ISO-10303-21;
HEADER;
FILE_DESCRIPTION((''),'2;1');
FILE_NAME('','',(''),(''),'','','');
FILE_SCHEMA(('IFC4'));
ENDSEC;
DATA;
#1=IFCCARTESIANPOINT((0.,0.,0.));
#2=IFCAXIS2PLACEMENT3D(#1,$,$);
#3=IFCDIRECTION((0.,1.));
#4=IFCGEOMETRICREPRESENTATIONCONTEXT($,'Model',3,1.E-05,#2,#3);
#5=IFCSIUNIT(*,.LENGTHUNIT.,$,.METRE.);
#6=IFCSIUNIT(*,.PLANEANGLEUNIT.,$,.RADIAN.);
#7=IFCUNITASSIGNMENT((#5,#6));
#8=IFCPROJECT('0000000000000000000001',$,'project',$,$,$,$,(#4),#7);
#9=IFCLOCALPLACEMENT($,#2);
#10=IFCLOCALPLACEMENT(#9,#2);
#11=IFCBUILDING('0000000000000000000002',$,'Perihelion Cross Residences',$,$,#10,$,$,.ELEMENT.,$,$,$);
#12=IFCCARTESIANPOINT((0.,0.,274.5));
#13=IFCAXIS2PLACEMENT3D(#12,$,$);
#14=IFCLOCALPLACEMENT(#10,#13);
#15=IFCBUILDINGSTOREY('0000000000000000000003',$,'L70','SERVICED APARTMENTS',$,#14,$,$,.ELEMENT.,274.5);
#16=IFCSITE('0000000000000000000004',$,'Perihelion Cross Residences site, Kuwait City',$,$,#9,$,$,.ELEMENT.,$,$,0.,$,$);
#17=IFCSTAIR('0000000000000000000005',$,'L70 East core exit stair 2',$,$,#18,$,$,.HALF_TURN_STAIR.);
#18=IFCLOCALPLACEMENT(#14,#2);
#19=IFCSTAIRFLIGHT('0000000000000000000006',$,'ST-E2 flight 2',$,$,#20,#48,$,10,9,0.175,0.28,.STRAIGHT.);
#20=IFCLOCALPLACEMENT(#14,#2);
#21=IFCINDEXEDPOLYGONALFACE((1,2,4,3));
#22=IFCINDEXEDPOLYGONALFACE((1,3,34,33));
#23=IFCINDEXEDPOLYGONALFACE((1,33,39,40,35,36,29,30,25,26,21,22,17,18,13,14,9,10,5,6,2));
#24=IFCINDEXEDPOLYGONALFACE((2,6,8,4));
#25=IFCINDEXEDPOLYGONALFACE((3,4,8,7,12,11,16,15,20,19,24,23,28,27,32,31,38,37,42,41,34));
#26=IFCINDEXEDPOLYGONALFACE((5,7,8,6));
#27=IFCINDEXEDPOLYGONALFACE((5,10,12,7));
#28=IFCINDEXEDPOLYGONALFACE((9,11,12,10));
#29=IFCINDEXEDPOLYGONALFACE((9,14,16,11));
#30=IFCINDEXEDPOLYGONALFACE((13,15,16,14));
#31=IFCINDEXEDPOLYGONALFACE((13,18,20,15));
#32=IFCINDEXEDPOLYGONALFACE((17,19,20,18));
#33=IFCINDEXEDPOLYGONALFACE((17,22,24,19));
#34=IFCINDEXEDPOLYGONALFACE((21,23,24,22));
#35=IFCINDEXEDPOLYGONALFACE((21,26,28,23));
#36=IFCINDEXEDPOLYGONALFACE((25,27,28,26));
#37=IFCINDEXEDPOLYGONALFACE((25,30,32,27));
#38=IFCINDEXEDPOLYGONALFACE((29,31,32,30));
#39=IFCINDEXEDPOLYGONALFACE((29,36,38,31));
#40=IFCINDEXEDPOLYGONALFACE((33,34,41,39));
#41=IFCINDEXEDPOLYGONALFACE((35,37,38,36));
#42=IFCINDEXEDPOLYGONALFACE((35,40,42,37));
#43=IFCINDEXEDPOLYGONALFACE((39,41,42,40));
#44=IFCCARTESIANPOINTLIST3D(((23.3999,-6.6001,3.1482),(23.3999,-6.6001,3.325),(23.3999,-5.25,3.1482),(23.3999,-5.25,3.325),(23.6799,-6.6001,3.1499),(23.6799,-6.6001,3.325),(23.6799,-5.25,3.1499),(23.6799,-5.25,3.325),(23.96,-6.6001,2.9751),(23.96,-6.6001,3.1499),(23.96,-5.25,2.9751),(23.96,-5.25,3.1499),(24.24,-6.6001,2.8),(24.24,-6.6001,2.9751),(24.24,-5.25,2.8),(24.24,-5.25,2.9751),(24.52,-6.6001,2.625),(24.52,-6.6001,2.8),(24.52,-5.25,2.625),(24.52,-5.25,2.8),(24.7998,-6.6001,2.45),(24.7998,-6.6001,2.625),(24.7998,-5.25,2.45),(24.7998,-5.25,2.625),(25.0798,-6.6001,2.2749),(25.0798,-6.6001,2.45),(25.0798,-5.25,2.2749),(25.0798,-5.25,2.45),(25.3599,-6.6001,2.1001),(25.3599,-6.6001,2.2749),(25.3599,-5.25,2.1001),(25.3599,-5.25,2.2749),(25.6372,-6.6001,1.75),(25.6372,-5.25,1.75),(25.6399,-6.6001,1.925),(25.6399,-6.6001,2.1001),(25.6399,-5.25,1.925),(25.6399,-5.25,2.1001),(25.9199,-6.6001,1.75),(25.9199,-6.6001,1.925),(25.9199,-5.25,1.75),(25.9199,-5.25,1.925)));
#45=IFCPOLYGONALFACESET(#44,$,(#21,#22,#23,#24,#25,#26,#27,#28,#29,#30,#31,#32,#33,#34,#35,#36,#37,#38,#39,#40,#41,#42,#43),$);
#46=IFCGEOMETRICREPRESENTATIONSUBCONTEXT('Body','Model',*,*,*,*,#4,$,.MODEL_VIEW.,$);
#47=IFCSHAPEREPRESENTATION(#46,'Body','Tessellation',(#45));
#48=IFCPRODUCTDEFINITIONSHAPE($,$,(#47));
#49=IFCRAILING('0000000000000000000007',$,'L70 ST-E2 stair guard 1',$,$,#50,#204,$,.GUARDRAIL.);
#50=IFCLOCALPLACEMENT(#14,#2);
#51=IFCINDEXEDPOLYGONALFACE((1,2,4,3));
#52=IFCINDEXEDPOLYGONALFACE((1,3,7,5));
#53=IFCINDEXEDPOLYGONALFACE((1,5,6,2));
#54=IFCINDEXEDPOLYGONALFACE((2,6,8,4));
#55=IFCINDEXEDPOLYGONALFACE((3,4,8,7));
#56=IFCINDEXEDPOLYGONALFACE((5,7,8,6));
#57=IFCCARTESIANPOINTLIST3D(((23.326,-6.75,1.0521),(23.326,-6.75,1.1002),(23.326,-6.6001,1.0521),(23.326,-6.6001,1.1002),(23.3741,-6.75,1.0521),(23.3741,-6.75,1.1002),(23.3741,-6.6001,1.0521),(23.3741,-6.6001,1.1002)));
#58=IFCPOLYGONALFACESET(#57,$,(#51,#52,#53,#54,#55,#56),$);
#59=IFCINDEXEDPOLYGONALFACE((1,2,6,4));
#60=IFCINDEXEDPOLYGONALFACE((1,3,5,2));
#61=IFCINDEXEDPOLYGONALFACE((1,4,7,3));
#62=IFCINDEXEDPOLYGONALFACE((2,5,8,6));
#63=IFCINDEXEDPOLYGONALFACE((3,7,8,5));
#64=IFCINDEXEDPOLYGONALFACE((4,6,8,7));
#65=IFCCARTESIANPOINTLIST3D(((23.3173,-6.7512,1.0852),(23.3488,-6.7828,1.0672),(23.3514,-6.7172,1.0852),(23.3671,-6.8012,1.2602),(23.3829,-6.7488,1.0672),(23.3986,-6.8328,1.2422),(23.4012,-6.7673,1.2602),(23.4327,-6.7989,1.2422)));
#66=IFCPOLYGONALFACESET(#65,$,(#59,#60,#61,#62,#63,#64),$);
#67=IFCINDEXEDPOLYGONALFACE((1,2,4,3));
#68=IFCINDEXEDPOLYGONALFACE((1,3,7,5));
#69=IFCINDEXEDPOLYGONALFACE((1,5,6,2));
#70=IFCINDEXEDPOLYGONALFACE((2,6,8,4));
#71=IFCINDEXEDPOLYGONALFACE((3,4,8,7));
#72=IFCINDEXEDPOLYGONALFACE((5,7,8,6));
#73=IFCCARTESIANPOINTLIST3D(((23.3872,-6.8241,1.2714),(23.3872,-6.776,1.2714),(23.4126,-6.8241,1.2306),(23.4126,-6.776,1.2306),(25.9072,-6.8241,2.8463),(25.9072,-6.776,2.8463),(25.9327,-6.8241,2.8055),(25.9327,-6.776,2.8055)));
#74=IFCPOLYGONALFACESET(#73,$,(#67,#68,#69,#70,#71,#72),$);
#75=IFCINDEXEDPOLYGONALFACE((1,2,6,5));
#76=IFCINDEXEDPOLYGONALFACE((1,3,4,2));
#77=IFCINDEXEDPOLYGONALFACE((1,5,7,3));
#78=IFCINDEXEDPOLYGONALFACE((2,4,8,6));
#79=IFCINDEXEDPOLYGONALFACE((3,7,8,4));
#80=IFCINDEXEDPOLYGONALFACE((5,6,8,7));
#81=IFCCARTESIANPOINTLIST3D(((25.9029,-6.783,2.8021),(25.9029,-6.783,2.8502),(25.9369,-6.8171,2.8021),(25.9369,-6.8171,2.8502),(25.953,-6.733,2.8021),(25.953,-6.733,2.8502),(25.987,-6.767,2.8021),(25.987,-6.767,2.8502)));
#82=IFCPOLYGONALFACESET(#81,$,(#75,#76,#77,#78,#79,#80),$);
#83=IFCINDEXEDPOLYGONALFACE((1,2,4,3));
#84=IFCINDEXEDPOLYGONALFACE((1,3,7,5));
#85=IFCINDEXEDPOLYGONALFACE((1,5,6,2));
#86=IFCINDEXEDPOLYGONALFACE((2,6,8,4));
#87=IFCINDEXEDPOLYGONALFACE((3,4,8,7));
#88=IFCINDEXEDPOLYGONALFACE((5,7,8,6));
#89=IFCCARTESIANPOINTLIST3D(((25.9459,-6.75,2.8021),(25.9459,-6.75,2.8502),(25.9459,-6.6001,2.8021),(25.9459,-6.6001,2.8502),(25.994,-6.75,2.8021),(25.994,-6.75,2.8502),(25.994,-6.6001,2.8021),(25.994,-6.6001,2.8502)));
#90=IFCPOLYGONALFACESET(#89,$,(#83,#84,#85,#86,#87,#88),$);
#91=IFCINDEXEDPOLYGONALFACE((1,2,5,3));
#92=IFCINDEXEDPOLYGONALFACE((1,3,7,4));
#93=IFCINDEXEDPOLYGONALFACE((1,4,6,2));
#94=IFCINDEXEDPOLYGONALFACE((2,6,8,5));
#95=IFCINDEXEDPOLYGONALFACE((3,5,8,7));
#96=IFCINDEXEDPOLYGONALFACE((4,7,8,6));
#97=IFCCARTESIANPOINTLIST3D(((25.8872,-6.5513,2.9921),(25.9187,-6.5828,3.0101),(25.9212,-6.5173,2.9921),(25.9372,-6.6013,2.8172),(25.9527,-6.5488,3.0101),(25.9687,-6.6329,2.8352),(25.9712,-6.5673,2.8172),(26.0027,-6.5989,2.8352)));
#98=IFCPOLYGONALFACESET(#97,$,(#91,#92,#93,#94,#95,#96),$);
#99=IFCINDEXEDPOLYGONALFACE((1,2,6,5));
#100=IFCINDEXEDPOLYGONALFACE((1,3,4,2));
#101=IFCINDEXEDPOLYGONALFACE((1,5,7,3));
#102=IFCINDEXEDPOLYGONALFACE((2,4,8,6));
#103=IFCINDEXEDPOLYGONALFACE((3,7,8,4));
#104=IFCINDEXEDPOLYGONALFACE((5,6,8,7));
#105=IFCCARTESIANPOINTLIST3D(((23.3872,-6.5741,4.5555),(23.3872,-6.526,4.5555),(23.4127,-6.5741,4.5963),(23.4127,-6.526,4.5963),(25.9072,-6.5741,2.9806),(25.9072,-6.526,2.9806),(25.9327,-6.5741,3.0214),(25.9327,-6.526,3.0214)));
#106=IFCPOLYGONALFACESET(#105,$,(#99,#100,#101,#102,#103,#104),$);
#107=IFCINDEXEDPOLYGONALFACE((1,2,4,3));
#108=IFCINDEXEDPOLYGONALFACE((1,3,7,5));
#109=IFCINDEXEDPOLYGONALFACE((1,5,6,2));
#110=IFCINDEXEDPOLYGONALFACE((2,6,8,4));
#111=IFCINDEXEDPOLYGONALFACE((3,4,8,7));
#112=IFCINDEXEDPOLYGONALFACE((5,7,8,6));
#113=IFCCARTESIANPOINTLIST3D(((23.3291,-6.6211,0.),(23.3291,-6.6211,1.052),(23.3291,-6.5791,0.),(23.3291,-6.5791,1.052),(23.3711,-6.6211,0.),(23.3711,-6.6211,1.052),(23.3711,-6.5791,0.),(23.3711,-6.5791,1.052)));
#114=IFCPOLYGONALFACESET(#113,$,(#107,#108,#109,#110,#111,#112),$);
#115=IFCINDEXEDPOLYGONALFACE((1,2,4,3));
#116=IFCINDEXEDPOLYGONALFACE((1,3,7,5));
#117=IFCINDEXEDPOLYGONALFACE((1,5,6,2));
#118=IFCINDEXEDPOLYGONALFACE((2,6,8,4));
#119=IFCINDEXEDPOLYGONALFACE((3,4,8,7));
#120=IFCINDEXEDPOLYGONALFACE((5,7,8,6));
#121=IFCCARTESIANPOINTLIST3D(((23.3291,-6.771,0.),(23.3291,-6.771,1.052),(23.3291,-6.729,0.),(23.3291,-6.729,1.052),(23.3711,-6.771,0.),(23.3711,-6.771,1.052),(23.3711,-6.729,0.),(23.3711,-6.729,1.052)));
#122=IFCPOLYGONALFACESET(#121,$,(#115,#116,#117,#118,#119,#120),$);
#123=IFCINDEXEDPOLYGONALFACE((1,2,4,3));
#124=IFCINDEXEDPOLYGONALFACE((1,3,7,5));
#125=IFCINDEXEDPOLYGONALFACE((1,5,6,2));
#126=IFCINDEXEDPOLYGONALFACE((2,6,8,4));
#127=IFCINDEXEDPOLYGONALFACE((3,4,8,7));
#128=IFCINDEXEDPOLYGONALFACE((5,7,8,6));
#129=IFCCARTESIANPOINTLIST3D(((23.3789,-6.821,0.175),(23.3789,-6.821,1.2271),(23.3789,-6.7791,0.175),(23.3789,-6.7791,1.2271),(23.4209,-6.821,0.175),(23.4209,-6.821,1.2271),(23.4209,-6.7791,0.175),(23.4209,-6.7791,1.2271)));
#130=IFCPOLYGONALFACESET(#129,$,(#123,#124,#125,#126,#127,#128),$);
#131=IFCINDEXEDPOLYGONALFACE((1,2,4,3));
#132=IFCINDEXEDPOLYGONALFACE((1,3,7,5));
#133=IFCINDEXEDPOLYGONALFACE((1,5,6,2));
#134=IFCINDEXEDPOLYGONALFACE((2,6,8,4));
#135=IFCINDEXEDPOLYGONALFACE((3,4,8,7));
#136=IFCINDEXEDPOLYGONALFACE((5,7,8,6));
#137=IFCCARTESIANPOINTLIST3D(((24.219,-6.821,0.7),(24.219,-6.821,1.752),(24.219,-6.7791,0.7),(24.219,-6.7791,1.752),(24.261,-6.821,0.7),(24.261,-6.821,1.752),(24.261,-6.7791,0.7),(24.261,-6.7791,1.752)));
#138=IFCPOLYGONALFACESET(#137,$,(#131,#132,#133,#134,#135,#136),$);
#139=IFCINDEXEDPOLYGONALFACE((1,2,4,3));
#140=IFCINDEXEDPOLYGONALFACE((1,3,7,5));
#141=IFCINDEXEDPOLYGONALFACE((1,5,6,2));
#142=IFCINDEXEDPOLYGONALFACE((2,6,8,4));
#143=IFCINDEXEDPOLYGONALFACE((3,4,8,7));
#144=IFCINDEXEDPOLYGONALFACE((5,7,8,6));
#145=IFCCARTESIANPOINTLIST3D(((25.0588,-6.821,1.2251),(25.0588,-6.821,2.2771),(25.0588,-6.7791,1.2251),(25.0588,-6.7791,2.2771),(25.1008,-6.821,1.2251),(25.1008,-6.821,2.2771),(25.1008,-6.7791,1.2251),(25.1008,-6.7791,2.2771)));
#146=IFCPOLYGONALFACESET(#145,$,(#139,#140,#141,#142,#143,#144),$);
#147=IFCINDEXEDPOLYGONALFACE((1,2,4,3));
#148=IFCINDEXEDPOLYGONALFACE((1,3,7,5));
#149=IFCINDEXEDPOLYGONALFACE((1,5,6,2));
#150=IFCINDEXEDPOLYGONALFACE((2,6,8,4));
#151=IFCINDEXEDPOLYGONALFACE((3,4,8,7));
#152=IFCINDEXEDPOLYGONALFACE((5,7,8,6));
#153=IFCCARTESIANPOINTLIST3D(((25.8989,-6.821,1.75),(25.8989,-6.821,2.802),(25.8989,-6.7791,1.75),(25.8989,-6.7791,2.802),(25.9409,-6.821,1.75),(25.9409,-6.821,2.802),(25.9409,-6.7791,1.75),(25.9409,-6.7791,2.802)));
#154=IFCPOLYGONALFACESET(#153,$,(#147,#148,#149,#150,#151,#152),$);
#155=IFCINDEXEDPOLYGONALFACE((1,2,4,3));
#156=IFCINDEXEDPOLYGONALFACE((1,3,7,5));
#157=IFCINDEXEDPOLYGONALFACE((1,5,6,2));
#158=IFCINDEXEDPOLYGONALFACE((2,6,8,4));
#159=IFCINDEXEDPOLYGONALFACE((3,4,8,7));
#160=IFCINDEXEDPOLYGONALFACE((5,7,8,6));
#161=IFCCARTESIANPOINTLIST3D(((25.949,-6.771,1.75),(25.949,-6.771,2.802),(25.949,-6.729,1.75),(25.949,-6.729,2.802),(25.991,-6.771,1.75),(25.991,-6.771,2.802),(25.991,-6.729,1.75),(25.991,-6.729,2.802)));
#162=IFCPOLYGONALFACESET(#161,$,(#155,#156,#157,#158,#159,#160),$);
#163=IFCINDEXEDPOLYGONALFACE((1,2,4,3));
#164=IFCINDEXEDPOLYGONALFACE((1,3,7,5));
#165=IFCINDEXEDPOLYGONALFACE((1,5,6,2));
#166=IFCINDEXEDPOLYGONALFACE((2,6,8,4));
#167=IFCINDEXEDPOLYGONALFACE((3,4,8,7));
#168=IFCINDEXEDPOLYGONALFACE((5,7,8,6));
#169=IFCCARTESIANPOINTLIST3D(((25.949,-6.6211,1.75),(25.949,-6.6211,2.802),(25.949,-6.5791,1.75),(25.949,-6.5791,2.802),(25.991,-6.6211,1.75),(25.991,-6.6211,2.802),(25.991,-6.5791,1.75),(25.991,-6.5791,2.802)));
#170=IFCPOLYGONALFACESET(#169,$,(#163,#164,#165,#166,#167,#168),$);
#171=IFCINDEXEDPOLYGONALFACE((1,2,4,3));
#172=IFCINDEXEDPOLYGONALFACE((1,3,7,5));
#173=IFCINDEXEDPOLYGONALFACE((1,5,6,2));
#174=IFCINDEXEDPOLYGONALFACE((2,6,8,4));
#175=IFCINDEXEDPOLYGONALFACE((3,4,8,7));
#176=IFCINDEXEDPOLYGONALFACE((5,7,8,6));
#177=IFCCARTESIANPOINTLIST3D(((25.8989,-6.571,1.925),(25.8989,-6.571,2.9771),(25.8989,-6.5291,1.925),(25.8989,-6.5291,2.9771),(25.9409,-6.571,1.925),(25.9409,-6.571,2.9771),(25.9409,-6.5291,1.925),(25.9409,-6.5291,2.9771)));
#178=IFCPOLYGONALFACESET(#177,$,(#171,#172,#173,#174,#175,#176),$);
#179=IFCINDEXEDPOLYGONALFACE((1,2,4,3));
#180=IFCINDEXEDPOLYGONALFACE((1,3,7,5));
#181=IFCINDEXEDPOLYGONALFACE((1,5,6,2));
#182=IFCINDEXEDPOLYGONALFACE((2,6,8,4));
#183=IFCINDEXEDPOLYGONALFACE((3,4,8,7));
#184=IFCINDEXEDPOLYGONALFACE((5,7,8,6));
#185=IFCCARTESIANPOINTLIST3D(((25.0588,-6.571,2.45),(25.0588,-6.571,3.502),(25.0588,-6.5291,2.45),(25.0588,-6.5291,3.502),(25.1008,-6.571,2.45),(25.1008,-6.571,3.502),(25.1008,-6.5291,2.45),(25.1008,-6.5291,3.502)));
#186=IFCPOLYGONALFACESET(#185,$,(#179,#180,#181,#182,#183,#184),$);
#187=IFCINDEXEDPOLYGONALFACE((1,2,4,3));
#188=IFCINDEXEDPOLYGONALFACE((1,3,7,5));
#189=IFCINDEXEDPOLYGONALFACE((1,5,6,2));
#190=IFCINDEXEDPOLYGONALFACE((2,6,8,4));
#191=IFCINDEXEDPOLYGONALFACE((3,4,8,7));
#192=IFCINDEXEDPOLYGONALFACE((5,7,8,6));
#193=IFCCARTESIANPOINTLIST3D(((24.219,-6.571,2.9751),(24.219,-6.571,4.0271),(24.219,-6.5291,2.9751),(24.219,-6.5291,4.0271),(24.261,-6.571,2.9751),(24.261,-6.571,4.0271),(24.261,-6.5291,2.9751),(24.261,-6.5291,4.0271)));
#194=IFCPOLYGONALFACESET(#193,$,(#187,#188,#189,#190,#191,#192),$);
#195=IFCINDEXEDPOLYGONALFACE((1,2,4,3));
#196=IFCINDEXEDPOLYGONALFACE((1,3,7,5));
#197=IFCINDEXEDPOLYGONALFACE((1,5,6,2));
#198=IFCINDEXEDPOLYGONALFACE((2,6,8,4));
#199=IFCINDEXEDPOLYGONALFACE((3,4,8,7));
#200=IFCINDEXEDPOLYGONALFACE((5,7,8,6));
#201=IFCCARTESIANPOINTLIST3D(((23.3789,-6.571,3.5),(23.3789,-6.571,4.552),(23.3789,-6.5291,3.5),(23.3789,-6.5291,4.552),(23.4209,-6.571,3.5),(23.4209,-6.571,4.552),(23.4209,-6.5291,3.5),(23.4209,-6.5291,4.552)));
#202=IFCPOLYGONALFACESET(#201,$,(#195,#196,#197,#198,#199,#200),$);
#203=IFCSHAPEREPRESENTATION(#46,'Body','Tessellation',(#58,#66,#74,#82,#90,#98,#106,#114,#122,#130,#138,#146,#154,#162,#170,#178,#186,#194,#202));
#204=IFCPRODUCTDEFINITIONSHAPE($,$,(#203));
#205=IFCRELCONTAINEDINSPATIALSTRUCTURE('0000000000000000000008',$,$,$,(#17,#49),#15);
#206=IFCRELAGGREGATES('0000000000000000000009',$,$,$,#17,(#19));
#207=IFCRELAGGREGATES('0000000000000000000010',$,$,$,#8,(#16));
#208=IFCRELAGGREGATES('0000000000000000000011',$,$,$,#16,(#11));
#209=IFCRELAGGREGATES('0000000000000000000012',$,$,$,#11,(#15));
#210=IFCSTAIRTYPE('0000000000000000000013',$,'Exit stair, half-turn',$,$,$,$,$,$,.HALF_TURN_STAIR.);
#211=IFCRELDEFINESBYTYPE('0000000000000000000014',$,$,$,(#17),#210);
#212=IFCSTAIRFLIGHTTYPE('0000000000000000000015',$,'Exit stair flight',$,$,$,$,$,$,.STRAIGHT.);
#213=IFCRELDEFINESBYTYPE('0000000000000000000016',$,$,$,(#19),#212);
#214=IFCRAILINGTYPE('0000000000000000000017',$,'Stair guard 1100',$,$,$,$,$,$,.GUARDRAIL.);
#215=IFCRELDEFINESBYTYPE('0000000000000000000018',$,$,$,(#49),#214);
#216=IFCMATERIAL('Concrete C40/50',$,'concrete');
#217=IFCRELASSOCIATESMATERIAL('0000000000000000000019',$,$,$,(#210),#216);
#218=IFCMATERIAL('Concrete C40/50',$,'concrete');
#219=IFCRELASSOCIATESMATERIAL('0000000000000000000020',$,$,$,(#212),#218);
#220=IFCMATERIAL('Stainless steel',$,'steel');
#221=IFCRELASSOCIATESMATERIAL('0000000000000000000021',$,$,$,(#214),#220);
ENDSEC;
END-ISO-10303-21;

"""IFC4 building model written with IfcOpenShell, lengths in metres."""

from ifc_helpers import new_model, si_unit, direction, frame, origin, origin_2d, place, context, subcontext, project, spatial, polyline, rectangle, outline, extrude, material, type_object, element, aggregate, save


model = new_model("IFC4")

# Units and contexts
model_context = context("Model", 3, precision=1e-05, world=origin(), true_north=direction((0.0, 1.0)))
body_context = subcontext(model_context, "Body", "Model", "MODEL_VIEW")
ifc_project = project(units=[si_unit("LENGTHUNIT", "METRE"), si_unit("PLANEANGLEUNIT", "RADIAN")], contexts=[model_context])

# Site, building, storey
site_placement = place(None, origin())
site = spatial("IfcSite", under=ifc_project, at=site_placement, Name="Perihelion Cross Residences site, Kuwait City", CompositionType="ELEMENT", RefElevation=0.0)
building_placement = place(site_placement, origin())
building = spatial("IfcBuilding", under=site, at=building_placement, Name="Perihelion Cross Residences", CompositionType="ELEMENT")
storey_placement = place(building_placement, frame((0.0, 0.0, 274.5)))
storey = spatial("IfcBuildingStorey", under=building, at=storey_placement, Name="L70", Description="SERVICED APARTMENTS", CompositionType="ELEMENT", Elevation=274.5)

# Stair, stair flight
ifc_material_1 = material(Name="Concrete C40/50", Category="concrete")
stair_type = type_object("IfcStairType", Name="Exit stair, half-turn", PredefinedType="HALF_TURN_STAIR", material=ifc_material_1)
stair_placement = place(storey_placement, origin())
stair = element("IfcStair", 1, at=stair_placement, inside=storey, type_object=stair_type, Name="L70 East core exit stair 2", PredefinedType="HALF_TURN_STAIR")
ifc_material_2 = material(Name="Concrete C40/50", Category="concrete")
stair_flight_type = type_object("IfcStairFlightType", Name="Exit stair flight", PredefinedType="STRAIGHT", material=ifc_material_2)
stair_flight_1_placement = place(storey_placement, frame((25.9199, -5.925, 1.75), z_axis=(0.0, 0.0, 1.0), x_axis=(-1.0, 0.0, 0.0)))
stair_flight_1 = element("IfcStairFlight", 2, at=stair_flight_1_placement, type_object=stair_flight_type, Name="ST-E2 flight 2", NumberOfRisers=10, NumberOfTreads=9, PredefinedType="STRAIGHT", RiserHeight=0.175, TreadLength=0.28, context=body_context, shape_type="SweptSolid", body=[
    extrude(outline(polyline([(0.0, 0.0), (0.0, 0.175), (0.28, 0.175), (0.28, 0.3501), (0.5601, 0.3501), (0.5601, 0.5249), (0.8401, 0.5249), (0.8401, 0.7), (1.1201, 0.7), (1.1201, 0.875), (1.3999, 0.875), (1.3999, 1.05), (1.6799, 1.05), (1.6799, 1.2251), (1.96, 1.2251), (1.96, 1.3999), (2.24, 1.3999), (2.24, 1.575), (2.52, 1.575), (2.52, 1.75), (2.52, 1.3982), (0.2827, 0.0), (0.0, 0.0)])), frame((0.0, 0.675, 0.0), z_axis=(0.0, -1.0, 0.0), x_axis=(1.0, 0.0, 0.0)), (0.0, 0.0, 1.0), 1.3501),
])
aggregate(stair, [stair_flight_1])

# Railing
ifc_material_3 = material(Name="Stainless steel", Category="steel")
railing_type_1 = type_object("IfcRailingType", Name="Stair guard 1100", PredefinedType="GUARDRAIL", material=ifc_material_3)
railing_1_placement = place(storey_placement, frame((23.3501, -6.6001, 0.0)))
element("IfcRailing", 3, at=railing_1_placement, inside=storey, type_object=railing_type_1, Name="L70 ST-E2 stair guard 1", PredefinedType="GUARDRAIL", context=body_context, shape_type="SweptSolid", body=[
    extrude(rectangle(XDim=0.0481, YDim=0.0481, at=origin_2d()), frame((0.0, 0.0, 1.0762), z_axis=(0.0, -1.0, 0.0), x_axis=(1.0, 0.0, 0.0)), (0.0, 0.0, 1.0), 0.1499),
    extrude(rectangle(XDim=0.0481, YDim=0.0481, at=origin_2d()), frame((0.0, -0.1499, 1.0762), z_axis=(0.263862, -0.265156, 0.927399), x_axis=(0.708834, 0.705376, 0.0)), (0.0, 0.0, 1.0), 0.1887),
    extrude(rectangle(XDim=0.0481, YDim=0.0481, at=origin_2d()), frame((0.0498, -0.2, 1.251), z_axis=(0.848008, 0.0, 0.529984), x_axis=(0.0, 1.0, 0.0)), (0.0, 0.0, 1.0), 2.9717),
    extrude(rectangle(XDim=0.0481, YDim=0.0481, at=origin_2d()), frame((2.5698, -0.2, 2.8262), z_axis=(0.707107, 0.707107, 0.0), x_axis=(-0.707107, 0.707107, 0.0)), (0.0, 0.0, 1.0), 0.0708),
    extrude(rectangle(XDim=0.0481, YDim=0.0481, at=origin_2d()), frame((2.6199, -0.1499, 2.8262), z_axis=(0.0, 1.0, 0.0), x_axis=(-1.0, 0.0, 0.0)), (0.0, 0.0, 1.0), 0.1499),
    extrude(rectangle(XDim=0.0481, YDim=0.0481, at=origin_2d()), frame((2.6199, 0.0, 2.8262), z_axis=(-0.265065, 0.265065, 0.927082), x_axis=(-0.707107, -0.707107, 0.0)), (0.0, 0.0, 1.0), 0.1887),
    extrude(rectangle(XDim=0.0481, YDim=0.0481, at=origin_2d()), frame((2.5698, 0.05, 3.001), z_axis=(-0.848008, 0.0, 0.529984), x_axis=(0.0, -1.0, 0.0)), (0.0, 0.0, 1.0), 2.9717),
    extrude(rectangle(XDim=0.042, YDim=0.042, at=origin_2d()), origin(), (0.0, 0.0, 1.0), 1.052),
    extrude(rectangle(XDim=0.042, YDim=0.042, at=origin_2d()), frame((0.0, -0.1499, 0.0)), (0.0, 0.0, 1.0), 1.052),
    extrude(rectangle(XDim=0.042, YDim=0.042, at=origin_2d()), frame((0.0498, -0.2, 0.175)), (0.0, 0.0, 1.0), 1.052),
    extrude(rectangle(XDim=0.042, YDim=0.042, at=origin_2d()), frame((0.8899, -0.2, 0.7)), (0.0, 0.0, 1.0), 1.052),
    extrude(rectangle(XDim=0.042, YDim=0.042, at=origin_2d()), frame((1.7297, -0.2, 1.2251)), (0.0, 0.0, 1.0), 1.052),
    extrude(rectangle(XDim=0.042, YDim=0.042, at=origin_2d()), frame((2.5698, -0.2, 1.75)), (0.0, 0.0, 1.0), 1.052),
    extrude(rectangle(XDim=0.042, YDim=0.042, at=origin_2d()), frame((2.6199, -0.1499, 1.75)), (0.0, 0.0, 1.0), 1.052),
    extrude(rectangle(XDim=0.042, YDim=0.042, at=origin_2d()), frame((2.6199, 0.0, 1.75)), (0.0, 0.0, 1.0), 1.052),
    extrude(rectangle(XDim=0.042, YDim=0.042, at=origin_2d()), frame((2.5698, 0.05, 1.925)), (0.0, 0.0, 1.0), 1.052),
    extrude(rectangle(XDim=0.042, YDim=0.042, at=origin_2d()), frame((1.7297, 0.05, 2.45)), (0.0, 0.0, 1.0), 1.052),
    extrude(rectangle(XDim=0.042, YDim=0.042, at=origin_2d()), frame((0.8899, 0.05, 2.9751)), (0.0, 0.0, 1.0), 1.052),
    extrude(rectangle(XDim=0.042, YDim=0.042, at=origin_2d()), frame((0.0498, 0.05, 3.5)), (0.0, 0.0, 1.0), 1.052),
])

save(model, "model.ifc")
